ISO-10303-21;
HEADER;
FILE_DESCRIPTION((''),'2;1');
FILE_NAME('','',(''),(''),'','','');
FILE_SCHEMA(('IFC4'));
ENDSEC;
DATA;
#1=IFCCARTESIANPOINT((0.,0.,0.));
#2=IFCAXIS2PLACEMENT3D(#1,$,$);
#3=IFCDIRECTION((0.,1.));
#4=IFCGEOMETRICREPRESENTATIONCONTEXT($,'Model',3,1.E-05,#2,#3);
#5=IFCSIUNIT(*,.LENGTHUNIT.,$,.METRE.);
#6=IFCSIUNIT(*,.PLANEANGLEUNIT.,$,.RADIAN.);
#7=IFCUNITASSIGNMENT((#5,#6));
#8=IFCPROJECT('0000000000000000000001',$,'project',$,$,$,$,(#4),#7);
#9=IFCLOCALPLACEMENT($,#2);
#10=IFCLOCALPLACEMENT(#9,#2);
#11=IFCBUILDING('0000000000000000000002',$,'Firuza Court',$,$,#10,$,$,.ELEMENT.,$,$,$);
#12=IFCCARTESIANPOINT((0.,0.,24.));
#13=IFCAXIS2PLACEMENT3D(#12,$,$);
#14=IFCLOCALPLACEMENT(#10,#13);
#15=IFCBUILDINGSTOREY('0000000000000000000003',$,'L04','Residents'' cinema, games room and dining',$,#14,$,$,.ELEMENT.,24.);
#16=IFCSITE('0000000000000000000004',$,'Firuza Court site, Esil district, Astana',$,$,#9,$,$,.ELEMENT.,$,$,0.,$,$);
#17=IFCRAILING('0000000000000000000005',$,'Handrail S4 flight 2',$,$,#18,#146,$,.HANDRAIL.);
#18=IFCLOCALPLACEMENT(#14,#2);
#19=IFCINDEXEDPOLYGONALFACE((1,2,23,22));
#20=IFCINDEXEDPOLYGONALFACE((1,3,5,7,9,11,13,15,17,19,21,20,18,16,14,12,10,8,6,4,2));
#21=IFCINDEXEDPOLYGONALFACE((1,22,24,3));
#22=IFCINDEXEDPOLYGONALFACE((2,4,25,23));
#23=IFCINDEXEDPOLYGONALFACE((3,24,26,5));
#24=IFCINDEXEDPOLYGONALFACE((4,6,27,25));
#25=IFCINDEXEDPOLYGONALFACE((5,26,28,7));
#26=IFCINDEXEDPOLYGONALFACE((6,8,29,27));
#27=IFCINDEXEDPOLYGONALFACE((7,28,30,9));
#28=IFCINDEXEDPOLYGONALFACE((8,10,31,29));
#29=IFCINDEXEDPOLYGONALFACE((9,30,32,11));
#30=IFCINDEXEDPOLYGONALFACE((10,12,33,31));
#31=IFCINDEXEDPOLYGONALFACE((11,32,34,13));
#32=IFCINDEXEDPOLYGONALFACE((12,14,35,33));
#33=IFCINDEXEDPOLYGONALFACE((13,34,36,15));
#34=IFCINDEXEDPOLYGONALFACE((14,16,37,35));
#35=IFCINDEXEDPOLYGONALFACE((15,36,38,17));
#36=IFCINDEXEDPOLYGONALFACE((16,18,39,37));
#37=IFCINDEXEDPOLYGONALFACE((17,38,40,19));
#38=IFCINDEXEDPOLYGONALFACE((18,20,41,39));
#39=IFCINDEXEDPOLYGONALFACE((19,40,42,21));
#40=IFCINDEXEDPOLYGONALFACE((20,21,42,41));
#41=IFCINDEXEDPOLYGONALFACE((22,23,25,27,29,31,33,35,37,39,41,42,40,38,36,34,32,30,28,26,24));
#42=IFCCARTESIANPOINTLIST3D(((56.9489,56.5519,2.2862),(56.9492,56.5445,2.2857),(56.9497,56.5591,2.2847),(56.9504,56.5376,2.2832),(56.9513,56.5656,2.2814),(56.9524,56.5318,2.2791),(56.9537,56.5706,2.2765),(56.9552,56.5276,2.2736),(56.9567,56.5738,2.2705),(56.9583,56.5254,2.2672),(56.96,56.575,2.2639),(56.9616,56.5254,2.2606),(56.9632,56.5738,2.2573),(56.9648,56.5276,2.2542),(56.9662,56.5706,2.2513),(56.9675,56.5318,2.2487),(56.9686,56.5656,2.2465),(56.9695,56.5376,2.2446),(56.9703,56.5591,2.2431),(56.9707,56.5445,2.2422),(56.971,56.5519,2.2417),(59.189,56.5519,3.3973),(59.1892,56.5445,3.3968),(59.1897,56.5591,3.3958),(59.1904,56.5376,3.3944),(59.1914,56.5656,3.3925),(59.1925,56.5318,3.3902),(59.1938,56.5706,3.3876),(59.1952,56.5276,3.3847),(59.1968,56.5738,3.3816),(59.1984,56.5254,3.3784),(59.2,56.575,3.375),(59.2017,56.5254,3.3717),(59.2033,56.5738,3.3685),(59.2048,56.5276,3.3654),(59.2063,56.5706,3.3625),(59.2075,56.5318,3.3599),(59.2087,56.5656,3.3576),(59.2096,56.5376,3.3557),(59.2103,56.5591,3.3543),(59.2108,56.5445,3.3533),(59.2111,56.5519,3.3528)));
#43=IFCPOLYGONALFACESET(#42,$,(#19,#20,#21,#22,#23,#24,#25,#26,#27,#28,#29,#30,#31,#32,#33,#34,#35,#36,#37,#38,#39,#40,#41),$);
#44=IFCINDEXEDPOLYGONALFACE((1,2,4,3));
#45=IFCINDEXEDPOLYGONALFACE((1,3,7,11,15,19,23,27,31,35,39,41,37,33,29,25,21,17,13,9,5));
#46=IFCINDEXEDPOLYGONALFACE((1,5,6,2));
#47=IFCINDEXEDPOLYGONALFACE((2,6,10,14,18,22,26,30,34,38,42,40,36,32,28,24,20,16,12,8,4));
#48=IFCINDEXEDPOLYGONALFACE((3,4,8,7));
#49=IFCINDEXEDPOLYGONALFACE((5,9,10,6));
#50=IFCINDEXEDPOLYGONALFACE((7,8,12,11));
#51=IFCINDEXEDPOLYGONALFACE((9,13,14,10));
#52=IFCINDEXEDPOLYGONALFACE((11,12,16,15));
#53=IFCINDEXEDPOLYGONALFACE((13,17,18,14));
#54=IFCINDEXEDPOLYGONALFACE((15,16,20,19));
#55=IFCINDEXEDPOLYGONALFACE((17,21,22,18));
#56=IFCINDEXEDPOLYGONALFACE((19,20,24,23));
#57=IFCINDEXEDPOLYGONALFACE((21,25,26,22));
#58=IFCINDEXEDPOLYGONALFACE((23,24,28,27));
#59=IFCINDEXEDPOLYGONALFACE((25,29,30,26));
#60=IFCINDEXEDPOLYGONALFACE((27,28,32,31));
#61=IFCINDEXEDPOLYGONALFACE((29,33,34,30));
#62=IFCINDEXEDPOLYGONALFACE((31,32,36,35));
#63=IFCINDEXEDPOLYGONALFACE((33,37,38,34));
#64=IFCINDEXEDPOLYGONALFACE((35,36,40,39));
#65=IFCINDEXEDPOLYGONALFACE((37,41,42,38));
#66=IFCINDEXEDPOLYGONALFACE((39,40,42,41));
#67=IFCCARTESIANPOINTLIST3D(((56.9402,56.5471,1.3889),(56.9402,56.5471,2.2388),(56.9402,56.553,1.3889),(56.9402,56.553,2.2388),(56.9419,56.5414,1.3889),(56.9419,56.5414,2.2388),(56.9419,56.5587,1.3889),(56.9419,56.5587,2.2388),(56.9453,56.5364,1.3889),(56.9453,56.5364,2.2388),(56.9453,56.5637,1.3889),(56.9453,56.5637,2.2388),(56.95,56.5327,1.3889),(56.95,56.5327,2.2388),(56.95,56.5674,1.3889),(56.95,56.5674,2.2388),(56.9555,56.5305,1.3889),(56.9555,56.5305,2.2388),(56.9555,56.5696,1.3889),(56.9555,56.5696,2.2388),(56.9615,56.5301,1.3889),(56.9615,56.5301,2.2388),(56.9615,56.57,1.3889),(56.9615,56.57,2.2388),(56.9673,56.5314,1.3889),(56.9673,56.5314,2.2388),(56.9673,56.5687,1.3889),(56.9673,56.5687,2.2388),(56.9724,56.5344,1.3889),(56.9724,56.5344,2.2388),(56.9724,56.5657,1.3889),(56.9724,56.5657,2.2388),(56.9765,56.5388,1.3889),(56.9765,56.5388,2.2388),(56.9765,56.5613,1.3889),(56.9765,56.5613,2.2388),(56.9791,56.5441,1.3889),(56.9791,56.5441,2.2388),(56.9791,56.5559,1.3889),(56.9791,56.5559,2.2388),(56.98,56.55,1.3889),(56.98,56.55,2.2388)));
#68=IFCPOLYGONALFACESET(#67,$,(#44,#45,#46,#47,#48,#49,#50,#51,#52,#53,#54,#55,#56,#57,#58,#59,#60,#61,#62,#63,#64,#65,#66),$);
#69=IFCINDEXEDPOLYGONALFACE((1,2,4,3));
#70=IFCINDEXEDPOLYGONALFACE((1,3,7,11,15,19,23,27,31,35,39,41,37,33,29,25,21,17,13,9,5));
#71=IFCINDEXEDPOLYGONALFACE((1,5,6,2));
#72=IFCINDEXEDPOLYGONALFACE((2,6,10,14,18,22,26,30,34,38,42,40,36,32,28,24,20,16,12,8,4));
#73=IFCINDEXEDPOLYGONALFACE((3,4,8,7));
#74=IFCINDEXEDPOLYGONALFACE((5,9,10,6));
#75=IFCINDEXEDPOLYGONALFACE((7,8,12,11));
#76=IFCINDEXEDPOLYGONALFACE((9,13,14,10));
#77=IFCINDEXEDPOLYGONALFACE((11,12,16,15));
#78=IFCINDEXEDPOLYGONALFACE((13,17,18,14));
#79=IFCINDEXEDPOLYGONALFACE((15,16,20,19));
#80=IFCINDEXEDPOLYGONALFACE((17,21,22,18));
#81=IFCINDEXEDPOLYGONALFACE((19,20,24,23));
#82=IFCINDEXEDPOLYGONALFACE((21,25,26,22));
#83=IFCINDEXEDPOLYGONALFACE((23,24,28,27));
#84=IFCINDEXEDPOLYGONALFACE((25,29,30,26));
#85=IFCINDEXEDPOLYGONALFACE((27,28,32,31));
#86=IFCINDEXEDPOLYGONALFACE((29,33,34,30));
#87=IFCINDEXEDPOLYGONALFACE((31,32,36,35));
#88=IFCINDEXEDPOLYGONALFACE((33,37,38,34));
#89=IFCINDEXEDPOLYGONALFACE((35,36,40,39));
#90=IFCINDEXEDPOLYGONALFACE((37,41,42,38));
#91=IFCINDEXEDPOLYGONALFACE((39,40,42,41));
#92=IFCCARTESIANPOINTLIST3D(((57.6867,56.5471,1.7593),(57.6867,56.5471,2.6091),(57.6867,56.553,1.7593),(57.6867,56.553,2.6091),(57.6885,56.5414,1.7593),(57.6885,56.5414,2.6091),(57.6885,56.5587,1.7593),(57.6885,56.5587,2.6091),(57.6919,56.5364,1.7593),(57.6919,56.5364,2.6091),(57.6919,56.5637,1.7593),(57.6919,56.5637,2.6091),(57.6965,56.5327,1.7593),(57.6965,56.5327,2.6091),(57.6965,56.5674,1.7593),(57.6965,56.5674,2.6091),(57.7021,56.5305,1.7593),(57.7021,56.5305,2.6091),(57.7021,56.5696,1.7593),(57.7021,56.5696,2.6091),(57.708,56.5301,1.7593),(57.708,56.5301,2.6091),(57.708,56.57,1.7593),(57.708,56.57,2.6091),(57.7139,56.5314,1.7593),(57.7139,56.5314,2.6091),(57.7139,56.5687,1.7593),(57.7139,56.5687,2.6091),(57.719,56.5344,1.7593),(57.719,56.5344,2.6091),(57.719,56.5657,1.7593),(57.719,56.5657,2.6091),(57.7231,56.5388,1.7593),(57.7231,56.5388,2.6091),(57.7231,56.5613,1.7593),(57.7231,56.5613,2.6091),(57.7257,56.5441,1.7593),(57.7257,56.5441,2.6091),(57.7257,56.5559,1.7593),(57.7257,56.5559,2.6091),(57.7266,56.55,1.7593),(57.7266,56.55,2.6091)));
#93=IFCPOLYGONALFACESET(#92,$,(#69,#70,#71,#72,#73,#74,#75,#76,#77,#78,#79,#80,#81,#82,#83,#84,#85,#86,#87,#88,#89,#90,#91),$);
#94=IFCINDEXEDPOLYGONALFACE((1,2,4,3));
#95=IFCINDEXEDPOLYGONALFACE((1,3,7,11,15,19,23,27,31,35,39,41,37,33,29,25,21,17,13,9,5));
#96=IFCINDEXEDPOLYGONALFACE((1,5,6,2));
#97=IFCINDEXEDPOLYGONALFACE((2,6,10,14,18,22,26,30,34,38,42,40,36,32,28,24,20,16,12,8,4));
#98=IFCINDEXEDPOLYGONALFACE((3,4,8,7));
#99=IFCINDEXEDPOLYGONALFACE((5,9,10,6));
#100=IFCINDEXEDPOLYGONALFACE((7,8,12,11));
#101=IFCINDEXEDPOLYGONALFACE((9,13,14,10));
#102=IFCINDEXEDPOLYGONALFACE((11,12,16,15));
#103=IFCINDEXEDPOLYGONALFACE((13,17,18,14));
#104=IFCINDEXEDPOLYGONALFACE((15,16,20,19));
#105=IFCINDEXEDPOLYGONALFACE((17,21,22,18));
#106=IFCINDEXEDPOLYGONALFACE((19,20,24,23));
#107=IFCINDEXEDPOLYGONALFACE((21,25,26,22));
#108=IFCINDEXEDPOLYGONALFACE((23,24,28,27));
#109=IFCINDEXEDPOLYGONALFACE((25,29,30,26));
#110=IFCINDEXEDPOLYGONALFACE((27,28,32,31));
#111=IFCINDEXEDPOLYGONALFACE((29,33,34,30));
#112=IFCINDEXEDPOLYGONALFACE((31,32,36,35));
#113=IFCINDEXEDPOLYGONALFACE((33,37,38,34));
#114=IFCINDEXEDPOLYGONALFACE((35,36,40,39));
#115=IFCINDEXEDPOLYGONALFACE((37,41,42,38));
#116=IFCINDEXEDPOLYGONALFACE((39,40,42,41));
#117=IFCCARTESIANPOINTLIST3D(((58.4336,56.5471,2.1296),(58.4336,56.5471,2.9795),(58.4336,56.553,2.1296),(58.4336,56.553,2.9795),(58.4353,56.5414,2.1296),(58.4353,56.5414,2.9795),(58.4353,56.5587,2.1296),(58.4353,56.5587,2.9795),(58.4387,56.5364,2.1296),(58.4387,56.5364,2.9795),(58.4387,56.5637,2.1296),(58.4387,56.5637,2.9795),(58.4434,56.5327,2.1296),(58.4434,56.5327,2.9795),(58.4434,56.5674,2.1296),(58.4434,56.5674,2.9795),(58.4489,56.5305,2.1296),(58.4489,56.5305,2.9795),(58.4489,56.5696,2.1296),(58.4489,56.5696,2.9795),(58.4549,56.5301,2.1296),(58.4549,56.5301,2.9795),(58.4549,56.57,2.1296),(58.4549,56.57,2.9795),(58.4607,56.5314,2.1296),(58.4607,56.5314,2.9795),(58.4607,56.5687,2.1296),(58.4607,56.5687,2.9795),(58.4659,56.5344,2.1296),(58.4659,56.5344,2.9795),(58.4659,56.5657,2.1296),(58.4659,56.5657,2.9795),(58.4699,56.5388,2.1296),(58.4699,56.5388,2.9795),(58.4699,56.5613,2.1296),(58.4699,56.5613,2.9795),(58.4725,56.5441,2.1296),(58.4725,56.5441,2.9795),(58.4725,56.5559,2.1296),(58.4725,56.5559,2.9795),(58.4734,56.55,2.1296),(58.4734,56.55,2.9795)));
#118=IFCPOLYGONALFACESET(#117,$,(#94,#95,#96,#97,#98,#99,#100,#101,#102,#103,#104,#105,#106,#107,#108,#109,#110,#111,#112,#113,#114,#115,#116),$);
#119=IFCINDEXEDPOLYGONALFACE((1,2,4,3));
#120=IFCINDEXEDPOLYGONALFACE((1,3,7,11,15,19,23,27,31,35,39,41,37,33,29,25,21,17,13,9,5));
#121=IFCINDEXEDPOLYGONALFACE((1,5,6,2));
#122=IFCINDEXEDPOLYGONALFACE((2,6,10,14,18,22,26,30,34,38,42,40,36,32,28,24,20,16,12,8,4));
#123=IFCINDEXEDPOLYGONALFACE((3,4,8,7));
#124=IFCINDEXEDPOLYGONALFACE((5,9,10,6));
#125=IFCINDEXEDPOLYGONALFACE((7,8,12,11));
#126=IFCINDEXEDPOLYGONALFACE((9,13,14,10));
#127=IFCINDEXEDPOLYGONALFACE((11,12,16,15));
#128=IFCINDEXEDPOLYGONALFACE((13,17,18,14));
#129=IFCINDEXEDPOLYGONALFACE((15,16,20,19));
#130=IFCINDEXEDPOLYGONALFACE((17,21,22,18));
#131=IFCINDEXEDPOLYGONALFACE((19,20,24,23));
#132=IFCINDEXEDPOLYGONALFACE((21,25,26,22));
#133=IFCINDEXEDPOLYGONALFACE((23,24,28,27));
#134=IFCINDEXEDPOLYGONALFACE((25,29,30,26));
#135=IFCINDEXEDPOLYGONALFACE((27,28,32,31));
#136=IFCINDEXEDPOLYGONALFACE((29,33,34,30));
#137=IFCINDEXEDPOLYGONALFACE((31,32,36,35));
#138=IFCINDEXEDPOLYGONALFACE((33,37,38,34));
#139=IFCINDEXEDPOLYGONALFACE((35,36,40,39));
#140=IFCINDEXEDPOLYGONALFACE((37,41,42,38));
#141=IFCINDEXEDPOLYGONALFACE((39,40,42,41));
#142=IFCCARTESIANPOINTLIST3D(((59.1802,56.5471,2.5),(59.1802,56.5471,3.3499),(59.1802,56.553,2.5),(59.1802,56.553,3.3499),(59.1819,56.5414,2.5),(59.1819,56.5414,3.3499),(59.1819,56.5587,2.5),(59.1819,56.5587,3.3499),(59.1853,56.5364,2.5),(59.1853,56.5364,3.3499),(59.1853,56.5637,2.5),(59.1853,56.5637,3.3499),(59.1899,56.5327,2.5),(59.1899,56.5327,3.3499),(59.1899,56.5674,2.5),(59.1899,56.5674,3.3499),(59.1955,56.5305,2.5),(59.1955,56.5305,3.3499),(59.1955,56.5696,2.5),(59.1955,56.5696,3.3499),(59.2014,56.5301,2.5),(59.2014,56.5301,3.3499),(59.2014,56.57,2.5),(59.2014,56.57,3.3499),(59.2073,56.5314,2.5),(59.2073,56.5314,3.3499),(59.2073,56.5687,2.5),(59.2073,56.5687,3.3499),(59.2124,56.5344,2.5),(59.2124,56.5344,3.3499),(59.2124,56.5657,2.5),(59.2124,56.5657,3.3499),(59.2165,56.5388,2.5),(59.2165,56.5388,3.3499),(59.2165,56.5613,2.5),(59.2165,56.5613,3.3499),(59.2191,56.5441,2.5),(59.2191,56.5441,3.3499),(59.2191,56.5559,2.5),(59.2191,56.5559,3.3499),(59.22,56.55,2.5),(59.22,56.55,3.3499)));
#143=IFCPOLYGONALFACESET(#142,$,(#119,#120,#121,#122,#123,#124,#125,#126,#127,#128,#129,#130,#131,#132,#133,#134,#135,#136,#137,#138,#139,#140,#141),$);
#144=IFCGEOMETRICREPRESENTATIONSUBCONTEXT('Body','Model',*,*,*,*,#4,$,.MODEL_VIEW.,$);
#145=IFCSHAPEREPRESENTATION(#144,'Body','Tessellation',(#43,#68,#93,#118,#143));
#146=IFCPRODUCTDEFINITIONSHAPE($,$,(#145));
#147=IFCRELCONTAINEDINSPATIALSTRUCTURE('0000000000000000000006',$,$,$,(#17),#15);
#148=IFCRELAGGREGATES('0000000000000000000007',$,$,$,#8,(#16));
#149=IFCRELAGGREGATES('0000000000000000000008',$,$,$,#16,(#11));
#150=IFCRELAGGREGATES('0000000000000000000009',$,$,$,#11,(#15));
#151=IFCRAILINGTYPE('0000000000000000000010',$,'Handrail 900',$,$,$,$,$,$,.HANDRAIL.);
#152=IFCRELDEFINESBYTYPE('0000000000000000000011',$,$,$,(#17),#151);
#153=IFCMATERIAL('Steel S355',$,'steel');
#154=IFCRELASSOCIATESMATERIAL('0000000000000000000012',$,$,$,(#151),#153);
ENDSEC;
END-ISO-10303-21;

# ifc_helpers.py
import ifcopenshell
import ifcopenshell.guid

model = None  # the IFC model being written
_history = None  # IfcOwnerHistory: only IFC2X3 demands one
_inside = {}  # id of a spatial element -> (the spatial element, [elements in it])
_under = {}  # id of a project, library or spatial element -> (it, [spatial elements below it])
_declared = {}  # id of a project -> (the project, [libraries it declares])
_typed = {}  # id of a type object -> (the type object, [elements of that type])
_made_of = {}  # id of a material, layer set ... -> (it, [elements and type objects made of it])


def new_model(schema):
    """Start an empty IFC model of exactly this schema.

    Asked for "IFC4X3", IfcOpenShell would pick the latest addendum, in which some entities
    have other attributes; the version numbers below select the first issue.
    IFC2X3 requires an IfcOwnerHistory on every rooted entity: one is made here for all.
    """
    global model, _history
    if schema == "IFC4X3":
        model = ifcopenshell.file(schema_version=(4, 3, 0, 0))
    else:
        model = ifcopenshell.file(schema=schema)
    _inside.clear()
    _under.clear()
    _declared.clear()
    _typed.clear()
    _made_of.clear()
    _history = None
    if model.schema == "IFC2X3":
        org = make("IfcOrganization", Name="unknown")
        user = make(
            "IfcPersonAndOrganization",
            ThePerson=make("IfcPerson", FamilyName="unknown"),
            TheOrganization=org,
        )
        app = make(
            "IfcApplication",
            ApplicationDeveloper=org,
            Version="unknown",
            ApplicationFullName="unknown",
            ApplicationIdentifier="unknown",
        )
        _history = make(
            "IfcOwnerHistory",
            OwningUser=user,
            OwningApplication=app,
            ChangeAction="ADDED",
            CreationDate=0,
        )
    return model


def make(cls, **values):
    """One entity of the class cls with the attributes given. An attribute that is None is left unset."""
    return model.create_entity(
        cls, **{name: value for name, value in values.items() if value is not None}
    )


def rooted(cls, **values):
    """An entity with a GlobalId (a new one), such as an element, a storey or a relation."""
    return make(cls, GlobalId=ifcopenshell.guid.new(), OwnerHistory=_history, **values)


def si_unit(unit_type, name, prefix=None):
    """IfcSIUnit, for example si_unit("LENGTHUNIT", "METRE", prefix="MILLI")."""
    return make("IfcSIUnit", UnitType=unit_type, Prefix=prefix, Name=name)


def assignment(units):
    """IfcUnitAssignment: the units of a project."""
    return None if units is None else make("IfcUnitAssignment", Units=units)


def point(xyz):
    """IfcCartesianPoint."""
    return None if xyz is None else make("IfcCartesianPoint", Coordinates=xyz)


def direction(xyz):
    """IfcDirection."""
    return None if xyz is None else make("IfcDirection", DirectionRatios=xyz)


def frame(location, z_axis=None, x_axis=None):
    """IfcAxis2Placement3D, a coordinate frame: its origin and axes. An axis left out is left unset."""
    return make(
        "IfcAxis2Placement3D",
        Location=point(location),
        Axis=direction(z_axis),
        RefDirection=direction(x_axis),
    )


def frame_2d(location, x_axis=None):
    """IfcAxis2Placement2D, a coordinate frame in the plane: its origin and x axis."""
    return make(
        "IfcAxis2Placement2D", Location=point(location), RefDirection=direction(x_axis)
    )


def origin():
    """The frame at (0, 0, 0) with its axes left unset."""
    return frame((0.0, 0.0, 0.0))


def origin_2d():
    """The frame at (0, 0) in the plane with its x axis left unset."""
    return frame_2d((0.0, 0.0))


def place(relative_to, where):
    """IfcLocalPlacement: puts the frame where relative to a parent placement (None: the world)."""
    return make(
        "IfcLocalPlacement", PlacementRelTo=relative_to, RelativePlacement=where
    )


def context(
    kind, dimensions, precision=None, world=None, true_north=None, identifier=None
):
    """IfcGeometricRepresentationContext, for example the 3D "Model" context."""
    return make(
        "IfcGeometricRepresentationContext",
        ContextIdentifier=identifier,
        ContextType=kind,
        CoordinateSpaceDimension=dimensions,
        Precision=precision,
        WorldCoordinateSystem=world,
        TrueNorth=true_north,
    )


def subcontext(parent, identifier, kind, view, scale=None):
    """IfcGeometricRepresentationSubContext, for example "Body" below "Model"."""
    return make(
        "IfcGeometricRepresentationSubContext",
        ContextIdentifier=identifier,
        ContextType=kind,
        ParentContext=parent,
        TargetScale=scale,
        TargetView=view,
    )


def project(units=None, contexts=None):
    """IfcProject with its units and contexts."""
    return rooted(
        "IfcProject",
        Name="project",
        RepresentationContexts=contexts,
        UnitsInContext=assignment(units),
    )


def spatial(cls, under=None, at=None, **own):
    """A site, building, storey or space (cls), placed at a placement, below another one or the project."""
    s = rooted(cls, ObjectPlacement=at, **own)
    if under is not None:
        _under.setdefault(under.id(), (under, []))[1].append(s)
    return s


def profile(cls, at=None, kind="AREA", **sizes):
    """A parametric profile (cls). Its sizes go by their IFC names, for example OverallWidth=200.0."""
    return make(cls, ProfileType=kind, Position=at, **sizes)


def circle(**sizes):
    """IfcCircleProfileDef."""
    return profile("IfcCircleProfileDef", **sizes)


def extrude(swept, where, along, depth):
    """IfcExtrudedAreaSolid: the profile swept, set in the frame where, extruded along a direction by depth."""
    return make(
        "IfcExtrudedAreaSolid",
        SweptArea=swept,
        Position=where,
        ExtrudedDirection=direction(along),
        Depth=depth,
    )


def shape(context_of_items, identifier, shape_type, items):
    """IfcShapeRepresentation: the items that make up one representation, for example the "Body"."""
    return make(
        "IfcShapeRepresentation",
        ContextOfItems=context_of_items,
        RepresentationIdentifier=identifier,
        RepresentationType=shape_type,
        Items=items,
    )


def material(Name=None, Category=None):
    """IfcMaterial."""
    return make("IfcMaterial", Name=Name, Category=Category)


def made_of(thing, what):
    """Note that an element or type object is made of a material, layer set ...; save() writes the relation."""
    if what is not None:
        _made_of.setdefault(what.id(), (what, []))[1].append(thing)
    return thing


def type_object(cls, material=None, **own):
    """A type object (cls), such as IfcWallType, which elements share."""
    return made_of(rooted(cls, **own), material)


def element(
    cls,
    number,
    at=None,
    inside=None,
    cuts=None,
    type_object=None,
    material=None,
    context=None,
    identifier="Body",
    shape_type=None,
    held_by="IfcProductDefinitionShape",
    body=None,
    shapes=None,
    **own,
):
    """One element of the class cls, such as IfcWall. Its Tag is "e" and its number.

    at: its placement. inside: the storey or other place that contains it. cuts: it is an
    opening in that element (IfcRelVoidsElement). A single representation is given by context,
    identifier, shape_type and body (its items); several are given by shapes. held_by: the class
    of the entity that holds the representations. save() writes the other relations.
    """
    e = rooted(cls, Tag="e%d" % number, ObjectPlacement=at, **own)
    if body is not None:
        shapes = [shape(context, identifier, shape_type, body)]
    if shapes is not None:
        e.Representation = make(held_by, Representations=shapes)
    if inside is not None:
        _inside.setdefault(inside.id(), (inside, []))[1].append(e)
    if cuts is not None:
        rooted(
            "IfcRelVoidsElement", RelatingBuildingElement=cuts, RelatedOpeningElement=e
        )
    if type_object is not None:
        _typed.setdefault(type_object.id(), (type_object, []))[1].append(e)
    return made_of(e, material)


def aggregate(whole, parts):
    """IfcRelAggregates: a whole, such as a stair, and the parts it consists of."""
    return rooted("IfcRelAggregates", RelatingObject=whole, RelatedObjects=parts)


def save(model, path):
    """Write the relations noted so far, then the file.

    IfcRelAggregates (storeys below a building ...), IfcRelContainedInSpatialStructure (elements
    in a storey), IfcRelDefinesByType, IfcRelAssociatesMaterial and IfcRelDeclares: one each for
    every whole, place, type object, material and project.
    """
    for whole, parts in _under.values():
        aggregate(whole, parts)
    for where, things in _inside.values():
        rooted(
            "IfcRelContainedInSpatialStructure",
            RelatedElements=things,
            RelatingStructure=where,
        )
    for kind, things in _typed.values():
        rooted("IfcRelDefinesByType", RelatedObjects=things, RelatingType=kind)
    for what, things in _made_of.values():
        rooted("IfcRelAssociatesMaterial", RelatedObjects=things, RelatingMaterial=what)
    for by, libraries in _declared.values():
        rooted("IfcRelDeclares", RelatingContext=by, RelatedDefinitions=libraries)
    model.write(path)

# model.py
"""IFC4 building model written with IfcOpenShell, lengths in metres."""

from ifc_helpers import new_model, si_unit, direction, frame, origin, origin_2d, place, context, subcontext, project, spatial, circle, extrude, material, type_object, element, save


model = new_model("IFC4")

# Units and contexts
model_context = context("Model", 3, precision=1e-05, world=origin(), true_north=direction((0.0, 1.0)))
body_context = subcontext(model_context, "Body", "Model", "MODEL_VIEW")
ifc_project = project(units=[si_unit("LENGTHUNIT", "METRE"), si_unit("PLANEANGLEUNIT", "RADIAN")], contexts=[model_context])

# Site, building, storey
site_placement = place(None, origin())
site = spatial("IfcSite", under=ifc_project, at=site_placement, Name="Firuza Court site, Esil district, Astana", CompositionType="ELEMENT", RefElevation=0.0)
building_placement = place(site_placement, origin())
building = spatial("IfcBuilding", under=site, at=building_placement, Name="Firuza Court", CompositionType="ELEMENT")
storey_placement = place(building_placement, frame((0.0, 0.0, 24.0)))
storey = spatial("IfcBuildingStorey", under=building, at=storey_placement, Name="L04", Description="Residents' cinema, games room and dining", CompositionType="ELEMENT", Elevation=24.0)

# Railing
ifc_material_1 = material(Name="Steel S355", Category="steel")
railing_type_1 = type_object("IfcRailingType", Name="Handrail 900", PredefinedType="HANDRAIL", material=ifc_material_1)
railing_1_placement = place(storey_placement, frame((56.96, 56.55, 1.3889)))
element("IfcRailing", 1, at=railing_1_placement, inside=storey, type_object=railing_type_1, Name="Handrail S4 flight 2", PredefinedType="HANDRAIL", context=body_context, shape_type="SweptSolid", body=[
    extrude(circle(Radius=0.0249, at=origin_2d()), frame((0.0, 0.0, 0.875), z_axis=(0.895848, 0.0, 0.44436), x_axis=(0.0, 1.0, 0.0)), (0.0, 0.0, 1.0), 2.5005),
    extrude(circle(Radius=0.02, at=origin_2d()), origin(), (0.0, 0.0, 1.0), 0.8499),
    extrude(circle(Radius=0.02, at=origin_2d()), frame((0.7466, 0.0, 0.3704)), (0.0, 0.0, 1.0), 0.8499),
    extrude(circle(Radius=0.02, at=origin_2d()), frame((1.4934, 0.0, 0.7407)), (0.0, 0.0, 1.0), 0.8499),
    extrude(circle(Radius=0.02, at=origin_2d()), frame((2.24, 0.0, 1.1111)), (0.0, 0.0, 1.0), 0.8499),
])

save(model, "model.ifc")
